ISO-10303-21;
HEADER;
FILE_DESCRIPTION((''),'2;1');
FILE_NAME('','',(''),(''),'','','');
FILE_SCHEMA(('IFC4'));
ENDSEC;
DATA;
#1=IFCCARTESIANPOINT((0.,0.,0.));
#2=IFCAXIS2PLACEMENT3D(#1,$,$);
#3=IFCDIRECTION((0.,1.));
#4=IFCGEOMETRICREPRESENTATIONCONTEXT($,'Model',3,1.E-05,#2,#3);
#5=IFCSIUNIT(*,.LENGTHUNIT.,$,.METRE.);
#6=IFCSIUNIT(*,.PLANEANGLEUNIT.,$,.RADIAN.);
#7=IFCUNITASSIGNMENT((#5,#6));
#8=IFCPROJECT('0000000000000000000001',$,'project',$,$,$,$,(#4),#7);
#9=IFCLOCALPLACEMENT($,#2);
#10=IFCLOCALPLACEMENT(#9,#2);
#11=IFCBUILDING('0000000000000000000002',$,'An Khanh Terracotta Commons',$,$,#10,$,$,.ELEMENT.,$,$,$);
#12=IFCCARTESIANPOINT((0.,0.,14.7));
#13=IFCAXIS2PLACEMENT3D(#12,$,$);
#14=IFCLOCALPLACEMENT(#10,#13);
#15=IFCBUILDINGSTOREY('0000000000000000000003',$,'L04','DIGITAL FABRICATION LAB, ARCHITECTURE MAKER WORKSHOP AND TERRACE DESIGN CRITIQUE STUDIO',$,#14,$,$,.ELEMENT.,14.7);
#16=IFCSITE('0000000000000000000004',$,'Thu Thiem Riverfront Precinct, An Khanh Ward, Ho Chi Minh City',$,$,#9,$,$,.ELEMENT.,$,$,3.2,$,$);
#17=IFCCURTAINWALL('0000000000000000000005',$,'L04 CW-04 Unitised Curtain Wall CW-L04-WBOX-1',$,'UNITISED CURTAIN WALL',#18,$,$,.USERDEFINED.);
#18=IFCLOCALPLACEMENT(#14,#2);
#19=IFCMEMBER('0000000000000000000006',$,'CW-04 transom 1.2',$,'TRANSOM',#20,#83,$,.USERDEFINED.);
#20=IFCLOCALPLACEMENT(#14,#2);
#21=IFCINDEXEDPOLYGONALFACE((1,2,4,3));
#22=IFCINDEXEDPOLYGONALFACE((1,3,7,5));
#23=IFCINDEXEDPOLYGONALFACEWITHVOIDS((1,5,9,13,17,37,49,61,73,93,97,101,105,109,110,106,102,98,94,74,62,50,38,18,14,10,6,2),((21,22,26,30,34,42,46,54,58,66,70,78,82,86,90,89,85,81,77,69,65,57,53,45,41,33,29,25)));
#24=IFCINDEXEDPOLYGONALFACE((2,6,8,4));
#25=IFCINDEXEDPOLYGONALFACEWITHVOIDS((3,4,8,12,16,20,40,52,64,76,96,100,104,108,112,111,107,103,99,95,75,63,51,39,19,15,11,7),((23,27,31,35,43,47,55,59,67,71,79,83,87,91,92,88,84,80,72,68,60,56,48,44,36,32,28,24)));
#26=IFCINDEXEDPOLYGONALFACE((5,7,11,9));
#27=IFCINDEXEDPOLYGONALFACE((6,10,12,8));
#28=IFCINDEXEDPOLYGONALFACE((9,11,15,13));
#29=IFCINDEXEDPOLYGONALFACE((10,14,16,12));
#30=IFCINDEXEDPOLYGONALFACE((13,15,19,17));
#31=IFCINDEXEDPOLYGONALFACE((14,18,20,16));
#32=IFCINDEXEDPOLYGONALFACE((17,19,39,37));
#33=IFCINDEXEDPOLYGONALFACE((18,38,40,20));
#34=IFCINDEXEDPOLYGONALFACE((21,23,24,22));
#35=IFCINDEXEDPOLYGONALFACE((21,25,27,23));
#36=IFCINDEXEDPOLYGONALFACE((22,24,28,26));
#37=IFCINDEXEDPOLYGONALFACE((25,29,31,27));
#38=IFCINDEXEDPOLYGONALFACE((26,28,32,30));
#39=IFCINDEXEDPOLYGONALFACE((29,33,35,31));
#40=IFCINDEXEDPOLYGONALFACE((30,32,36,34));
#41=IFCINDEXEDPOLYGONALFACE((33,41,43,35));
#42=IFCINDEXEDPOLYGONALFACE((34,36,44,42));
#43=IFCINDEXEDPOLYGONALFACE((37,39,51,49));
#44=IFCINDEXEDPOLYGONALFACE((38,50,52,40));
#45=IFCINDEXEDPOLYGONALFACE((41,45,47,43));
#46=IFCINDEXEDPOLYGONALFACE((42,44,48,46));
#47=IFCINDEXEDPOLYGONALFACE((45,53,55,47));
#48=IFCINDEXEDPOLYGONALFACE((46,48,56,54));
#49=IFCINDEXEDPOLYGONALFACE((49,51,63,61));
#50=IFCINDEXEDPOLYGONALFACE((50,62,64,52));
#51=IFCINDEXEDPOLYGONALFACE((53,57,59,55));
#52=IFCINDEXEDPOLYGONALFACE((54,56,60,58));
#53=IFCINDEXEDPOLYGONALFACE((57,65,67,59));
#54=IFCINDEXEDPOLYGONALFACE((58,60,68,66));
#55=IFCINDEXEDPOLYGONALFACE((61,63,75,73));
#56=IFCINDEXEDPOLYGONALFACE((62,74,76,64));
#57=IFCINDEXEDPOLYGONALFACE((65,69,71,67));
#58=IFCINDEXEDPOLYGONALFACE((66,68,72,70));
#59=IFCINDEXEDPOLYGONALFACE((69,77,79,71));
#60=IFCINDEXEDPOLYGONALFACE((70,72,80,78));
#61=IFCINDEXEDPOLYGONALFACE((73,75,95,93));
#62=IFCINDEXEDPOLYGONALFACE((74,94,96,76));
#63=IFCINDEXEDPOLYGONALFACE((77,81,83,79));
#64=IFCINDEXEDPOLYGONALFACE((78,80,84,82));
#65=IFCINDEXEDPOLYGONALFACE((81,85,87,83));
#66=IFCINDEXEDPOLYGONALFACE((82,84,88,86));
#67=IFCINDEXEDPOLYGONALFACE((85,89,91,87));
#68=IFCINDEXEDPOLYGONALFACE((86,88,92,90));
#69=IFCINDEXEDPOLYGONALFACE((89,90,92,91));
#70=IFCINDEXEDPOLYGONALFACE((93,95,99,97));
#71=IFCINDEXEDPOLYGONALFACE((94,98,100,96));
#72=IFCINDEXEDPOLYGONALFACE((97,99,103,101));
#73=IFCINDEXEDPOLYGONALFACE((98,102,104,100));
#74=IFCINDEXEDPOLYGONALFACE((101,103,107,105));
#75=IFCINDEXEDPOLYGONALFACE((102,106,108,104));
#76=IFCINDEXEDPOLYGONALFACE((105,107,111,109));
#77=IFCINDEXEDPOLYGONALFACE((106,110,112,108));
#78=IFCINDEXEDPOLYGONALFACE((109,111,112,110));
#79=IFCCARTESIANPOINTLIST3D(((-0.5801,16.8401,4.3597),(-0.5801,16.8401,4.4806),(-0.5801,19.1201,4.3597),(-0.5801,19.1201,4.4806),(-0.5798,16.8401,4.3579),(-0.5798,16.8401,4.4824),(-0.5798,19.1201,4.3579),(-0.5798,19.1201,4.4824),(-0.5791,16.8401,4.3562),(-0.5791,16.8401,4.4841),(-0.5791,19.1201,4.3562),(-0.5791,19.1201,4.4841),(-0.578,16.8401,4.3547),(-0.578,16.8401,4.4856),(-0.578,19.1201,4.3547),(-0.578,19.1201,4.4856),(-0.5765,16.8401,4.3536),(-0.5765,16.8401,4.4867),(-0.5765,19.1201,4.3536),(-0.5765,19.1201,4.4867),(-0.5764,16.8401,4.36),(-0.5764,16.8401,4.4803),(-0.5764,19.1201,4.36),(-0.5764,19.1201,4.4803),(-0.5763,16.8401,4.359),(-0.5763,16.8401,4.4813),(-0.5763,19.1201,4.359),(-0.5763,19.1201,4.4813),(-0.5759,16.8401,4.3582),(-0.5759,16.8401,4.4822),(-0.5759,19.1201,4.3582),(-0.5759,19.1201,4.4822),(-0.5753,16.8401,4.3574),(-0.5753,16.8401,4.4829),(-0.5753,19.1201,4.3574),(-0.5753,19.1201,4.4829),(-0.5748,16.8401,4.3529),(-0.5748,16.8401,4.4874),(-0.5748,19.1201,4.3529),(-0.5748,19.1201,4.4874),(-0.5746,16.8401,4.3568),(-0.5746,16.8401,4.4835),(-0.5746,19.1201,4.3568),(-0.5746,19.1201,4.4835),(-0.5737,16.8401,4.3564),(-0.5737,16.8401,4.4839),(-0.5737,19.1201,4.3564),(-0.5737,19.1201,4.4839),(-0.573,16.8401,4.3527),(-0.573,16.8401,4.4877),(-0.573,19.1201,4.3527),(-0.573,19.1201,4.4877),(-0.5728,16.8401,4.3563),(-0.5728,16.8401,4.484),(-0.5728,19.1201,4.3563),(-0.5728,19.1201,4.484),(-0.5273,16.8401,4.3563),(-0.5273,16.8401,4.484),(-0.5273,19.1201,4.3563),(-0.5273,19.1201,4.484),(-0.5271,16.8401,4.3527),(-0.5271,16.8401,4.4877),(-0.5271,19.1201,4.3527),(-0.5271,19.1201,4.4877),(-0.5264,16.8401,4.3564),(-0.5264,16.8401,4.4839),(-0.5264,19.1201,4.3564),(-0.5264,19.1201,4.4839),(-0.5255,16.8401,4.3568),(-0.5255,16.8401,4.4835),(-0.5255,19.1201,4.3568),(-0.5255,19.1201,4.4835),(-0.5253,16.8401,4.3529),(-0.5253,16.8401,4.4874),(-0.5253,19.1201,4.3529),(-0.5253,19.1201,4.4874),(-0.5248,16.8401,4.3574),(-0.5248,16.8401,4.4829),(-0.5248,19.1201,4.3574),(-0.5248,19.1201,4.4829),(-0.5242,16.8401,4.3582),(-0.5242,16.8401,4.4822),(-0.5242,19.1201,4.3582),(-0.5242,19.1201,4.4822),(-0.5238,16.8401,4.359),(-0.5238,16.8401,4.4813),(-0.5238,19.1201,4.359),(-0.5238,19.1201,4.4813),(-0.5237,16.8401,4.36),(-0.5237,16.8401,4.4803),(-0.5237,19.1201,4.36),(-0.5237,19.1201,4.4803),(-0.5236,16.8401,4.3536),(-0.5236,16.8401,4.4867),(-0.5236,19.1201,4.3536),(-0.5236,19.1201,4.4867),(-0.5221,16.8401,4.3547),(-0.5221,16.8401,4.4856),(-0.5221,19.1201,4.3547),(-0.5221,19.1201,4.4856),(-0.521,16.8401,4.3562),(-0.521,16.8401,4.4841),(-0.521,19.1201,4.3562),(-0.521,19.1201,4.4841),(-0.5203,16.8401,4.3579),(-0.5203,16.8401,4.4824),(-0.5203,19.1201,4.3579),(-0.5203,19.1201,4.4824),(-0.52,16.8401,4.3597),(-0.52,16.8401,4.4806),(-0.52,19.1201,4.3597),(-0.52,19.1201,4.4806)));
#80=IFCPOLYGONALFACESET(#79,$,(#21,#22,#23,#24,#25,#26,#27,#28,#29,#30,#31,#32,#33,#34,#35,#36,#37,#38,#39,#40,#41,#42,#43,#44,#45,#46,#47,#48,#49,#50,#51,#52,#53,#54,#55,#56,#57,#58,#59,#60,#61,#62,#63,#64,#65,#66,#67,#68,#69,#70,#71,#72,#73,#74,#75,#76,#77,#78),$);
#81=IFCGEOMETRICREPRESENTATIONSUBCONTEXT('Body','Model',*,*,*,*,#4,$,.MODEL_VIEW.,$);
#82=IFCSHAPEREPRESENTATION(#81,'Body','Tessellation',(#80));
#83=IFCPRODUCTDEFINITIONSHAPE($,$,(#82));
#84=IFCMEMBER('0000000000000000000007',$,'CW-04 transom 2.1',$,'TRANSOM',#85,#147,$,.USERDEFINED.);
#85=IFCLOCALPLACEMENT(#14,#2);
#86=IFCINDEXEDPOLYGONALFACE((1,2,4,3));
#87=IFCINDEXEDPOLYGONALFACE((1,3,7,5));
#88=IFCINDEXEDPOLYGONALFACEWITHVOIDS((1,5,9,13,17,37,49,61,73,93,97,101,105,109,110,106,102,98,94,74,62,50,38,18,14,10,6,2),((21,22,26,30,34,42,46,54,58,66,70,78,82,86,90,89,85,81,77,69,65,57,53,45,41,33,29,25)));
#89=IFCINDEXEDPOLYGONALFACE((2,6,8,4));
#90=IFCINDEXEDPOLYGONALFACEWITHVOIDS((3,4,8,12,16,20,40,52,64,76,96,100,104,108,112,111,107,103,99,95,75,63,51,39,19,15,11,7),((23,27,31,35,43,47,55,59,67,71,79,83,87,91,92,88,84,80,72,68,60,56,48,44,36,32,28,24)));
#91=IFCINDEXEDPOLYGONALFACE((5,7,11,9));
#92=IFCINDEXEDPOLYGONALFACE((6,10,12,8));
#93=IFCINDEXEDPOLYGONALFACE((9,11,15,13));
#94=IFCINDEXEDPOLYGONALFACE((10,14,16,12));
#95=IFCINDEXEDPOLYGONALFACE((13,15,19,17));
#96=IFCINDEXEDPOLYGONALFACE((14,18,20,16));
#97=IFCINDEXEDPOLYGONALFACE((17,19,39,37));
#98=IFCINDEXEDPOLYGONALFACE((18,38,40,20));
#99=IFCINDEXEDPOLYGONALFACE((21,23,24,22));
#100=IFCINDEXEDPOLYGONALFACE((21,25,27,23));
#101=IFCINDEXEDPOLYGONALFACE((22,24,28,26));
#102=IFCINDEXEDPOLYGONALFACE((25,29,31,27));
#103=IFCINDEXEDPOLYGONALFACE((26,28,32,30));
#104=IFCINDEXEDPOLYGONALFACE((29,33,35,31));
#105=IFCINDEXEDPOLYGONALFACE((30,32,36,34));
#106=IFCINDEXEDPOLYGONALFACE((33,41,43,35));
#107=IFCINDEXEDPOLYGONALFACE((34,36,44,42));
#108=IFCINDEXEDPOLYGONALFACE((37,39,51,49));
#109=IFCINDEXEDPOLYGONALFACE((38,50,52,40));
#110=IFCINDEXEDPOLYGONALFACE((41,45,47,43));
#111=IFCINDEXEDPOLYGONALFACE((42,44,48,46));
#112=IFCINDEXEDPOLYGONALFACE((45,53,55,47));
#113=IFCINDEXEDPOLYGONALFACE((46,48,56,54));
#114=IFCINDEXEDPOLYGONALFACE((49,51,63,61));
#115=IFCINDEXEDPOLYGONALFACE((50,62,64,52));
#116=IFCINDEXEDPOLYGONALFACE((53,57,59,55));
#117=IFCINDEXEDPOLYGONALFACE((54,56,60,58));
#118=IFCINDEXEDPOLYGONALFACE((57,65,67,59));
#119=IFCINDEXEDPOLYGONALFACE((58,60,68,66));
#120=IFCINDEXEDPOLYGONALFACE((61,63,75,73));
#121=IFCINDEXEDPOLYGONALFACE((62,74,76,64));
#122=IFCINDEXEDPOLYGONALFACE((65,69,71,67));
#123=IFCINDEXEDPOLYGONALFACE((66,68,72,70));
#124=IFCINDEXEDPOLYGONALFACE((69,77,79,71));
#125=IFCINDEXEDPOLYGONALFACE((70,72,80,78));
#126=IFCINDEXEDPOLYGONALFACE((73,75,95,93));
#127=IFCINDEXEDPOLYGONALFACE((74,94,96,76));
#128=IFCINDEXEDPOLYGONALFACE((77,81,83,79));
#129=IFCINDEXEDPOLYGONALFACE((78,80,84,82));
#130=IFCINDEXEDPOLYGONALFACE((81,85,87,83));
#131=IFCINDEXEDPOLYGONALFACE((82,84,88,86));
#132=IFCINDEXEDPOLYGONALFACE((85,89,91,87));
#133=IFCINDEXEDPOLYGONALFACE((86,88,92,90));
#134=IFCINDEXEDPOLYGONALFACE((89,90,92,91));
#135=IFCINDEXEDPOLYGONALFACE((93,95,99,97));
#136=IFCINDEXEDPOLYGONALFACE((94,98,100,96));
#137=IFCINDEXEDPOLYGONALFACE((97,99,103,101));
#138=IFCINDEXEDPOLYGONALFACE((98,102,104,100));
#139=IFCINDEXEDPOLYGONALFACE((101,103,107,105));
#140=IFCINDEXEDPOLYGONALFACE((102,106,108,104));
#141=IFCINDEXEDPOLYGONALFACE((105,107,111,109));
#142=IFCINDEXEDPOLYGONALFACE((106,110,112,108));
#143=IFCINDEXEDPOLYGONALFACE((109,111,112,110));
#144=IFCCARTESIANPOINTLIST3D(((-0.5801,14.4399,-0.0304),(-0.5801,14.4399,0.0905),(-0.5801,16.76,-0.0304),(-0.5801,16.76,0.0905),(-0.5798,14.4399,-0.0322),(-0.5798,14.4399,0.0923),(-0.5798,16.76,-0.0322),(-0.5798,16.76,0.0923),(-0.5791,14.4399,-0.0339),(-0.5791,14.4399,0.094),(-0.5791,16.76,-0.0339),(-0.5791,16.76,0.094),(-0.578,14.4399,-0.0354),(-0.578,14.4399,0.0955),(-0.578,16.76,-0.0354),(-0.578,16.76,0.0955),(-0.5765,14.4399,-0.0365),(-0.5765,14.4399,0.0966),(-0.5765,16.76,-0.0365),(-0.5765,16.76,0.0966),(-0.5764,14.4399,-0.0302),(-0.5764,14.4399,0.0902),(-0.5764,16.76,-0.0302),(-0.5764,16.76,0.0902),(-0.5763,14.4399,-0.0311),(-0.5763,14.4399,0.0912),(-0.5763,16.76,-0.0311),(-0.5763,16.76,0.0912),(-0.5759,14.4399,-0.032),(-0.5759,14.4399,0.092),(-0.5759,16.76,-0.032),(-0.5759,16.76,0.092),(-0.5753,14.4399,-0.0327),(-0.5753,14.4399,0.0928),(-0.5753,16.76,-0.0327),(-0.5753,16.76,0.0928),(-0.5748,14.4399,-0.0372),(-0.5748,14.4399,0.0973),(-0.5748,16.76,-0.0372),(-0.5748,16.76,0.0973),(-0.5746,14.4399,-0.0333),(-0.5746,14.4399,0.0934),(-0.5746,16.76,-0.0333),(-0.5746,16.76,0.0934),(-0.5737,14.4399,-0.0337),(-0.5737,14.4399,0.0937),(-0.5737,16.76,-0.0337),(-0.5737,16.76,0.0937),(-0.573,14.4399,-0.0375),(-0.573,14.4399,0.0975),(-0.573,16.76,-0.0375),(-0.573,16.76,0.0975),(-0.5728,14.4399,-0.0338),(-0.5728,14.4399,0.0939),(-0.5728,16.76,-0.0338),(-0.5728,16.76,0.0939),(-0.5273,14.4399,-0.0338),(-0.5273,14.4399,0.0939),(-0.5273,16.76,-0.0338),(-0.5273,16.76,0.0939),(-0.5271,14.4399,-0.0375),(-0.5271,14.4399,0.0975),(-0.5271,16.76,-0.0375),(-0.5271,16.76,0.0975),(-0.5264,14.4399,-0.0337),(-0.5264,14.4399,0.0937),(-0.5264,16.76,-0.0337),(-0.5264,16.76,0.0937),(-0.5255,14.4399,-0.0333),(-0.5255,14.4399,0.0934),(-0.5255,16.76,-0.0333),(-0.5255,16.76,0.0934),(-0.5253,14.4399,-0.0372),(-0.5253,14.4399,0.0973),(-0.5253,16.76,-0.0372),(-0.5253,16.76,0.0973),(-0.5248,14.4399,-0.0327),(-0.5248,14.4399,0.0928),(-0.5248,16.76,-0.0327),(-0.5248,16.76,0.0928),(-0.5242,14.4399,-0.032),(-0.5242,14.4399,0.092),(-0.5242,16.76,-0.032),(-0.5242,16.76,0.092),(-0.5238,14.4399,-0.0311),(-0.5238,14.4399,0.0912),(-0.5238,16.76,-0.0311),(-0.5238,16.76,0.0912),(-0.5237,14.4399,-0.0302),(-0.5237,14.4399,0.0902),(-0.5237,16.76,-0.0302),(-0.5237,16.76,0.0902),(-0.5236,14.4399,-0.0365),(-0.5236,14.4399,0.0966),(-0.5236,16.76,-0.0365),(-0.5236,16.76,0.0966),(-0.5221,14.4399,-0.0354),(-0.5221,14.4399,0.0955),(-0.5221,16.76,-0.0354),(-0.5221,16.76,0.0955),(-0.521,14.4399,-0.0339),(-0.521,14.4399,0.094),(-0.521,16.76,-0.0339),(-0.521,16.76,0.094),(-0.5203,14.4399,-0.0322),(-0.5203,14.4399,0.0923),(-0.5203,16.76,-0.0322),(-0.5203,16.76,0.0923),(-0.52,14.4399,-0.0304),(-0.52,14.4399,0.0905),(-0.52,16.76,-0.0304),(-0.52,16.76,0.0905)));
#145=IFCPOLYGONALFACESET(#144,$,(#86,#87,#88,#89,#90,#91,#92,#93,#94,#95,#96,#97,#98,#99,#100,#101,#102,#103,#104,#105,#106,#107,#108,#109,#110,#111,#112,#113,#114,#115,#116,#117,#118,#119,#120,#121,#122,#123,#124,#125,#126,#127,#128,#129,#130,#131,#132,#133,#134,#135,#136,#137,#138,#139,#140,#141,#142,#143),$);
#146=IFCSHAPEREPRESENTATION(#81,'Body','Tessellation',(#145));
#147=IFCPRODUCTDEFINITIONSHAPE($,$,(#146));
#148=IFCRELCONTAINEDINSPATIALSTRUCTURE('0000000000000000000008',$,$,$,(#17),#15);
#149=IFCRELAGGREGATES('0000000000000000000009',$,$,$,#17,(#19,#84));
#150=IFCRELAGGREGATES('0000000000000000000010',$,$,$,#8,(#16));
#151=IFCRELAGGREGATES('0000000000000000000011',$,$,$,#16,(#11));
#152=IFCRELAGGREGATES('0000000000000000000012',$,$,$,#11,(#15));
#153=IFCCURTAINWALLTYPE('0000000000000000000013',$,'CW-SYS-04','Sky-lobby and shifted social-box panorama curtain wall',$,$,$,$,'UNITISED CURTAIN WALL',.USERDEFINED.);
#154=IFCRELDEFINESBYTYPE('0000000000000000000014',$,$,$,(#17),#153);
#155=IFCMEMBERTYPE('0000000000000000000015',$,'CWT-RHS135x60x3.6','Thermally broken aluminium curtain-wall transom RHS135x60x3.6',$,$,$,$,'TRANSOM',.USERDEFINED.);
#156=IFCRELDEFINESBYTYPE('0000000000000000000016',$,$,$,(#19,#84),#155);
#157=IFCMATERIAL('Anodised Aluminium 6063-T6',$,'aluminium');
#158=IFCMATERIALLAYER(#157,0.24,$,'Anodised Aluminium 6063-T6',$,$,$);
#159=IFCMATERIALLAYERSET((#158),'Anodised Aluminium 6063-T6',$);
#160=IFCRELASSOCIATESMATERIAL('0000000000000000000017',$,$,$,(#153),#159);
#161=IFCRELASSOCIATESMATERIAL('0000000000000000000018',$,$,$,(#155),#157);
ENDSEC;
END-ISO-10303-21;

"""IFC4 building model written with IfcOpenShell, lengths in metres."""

from ifc_helpers import new_model, si_unit, direction, frame, origin, origin_2d, place, context, subcontext, project, spatial, hollow_rectangle, extrude, material, layer, layer_set, material_profile, profile_set, type_object, element, aggregate, save


model = new_model("IFC4")

# Units and contexts
model_context = context("Model", 3, precision=1e-05, world=origin(), true_north=direction((0.0, 1.0)))
body_context = subcontext(model_context, "Body", "Model", "MODEL_VIEW")
ifc_project = project(units=[si_unit("LENGTHUNIT", "METRE"), si_unit("PLANEANGLEUNIT", "RADIAN")], contexts=[model_context])

# Site, building, storey
site_placement = place(None, origin())
site = spatial("IfcSite", under=ifc_project, at=site_placement, Name="Thu Thiem Riverfront Precinct, An Khanh Ward, Ho Chi Minh City", CompositionType="ELEMENT", RefElevation=3.2)
building_placement = place(site_placement, origin())
building = spatial("IfcBuilding", under=site, at=building_placement, Name="An Khanh Terracotta Commons", CompositionType="ELEMENT")
storey_placement = place(building_placement, frame((0.0, 0.0, 14.7)))
storey = spatial("IfcBuildingStorey", under=building, at=storey_placement, Name="L04", Description="DIGITAL FABRICATION LAB, ARCHITECTURE MAKER WORKSHOP AND TERRACE DESIGN CRITIQUE STUDIO", CompositionType="ELEMENT", Elevation=14.7)

# Curtain wall
ifc_material_1 = material(Name="Anodised Aluminium 6063-T6", Category="aluminium")
ifc_layer_1 = layer(ifc_material_1, 0.24, Name="Anodised Aluminium 6063-T6")
ifc_layer_set_1 = layer_set([ifc_layer_1], Name="Anodised Aluminium 6063-T6")
curtain_wall_type = type_object("IfcCurtainWallType", Name="CW-SYS-04", Description="Sky-lobby and shifted social-box panorama curtain wall", ElementType="UNITISED CURTAIN WALL", PredefinedType="USERDEFINED", material=ifc_layer_set_1)
curtain_wall_1_placement = place(storey_placement, origin())
curtain_wall_1 = element("IfcCurtainWall", 1, at=curtain_wall_1_placement, inside=storey, type_object=curtain_wall_type, Name="L04 CW-04 Unitised Curtain Wall CW-L04-WBOX-1", ObjectType="UNITISED CURTAIN WALL", PredefinedType="USERDEFINED")

# Members
ifc_material_profile_1 = material_profile(ifc_material_1, hollow_rectangle(XDim=0.0601, YDim=0.135, WallThickness=0.0037, InnerFilletRadius=0.0037, OuterFilletRadius=0.0071, at=origin_2d()), Name="RHS135x60x3.6")
ifc_profile_set_1 = profile_set([ifc_material_profile_1], Name="Anodised Aluminium 6063-T6")
member_type_1 = type_object("IfcMemberType", Name="CWT-RHS135x60x3.6", Description="Thermally broken aluminium curtain-wall transom RHS135x60x3.6", ElementType="TRANSOM", PredefinedType="USERDEFINED", material=ifc_profile_set_1)
member_1_placement = place(storey_placement, frame((-0.55, 19.1201, 4.4202), z_axis=(0.0, -1.0, 0.0), x_axis=(1.0, 0.0, 0.0)))
member_1 = element("IfcMember", 2, at=member_1_placement, type_object=member_type_1, Name="CW-04 transom 1.2", ObjectType="TRANSOM", PredefinedType="USERDEFINED", context=body_context, shape_type="SweptSolid", body=[
    extrude(hollow_rectangle(XDim=0.0601, YDim=0.135, WallThickness=0.0037, InnerFilletRadius=0.0037, OuterFilletRadius=0.0071, at=origin_2d()), origin(), (0.0, 0.0, 1.0), 2.28),
])
member_2_placement = place(storey_placement, frame((-0.55, 16.76, 0.03), z_axis=(0.0, -1.0, 0.0), x_axis=(1.0, 0.0, 0.0)))
member_2 = element("IfcMember", 3, at=member_2_placement, type_object=member_type_1, Name="CW-04 transom 2.1", ObjectType="TRANSOM", PredefinedType="USERDEFINED", context=body_context, shape_type="SweptSolid", body=[
    extrude(hollow_rectangle(XDim=0.0601, YDim=0.135, WallThickness=0.0037, InnerFilletRadius=0.0037, OuterFilletRadius=0.0071, at=origin_2d()), origin(), (0.0, 0.0, 1.0), 2.3201),
])

aggregate(curtain_wall_1, [member_1, member_2])

save(model, "model.ifc")
